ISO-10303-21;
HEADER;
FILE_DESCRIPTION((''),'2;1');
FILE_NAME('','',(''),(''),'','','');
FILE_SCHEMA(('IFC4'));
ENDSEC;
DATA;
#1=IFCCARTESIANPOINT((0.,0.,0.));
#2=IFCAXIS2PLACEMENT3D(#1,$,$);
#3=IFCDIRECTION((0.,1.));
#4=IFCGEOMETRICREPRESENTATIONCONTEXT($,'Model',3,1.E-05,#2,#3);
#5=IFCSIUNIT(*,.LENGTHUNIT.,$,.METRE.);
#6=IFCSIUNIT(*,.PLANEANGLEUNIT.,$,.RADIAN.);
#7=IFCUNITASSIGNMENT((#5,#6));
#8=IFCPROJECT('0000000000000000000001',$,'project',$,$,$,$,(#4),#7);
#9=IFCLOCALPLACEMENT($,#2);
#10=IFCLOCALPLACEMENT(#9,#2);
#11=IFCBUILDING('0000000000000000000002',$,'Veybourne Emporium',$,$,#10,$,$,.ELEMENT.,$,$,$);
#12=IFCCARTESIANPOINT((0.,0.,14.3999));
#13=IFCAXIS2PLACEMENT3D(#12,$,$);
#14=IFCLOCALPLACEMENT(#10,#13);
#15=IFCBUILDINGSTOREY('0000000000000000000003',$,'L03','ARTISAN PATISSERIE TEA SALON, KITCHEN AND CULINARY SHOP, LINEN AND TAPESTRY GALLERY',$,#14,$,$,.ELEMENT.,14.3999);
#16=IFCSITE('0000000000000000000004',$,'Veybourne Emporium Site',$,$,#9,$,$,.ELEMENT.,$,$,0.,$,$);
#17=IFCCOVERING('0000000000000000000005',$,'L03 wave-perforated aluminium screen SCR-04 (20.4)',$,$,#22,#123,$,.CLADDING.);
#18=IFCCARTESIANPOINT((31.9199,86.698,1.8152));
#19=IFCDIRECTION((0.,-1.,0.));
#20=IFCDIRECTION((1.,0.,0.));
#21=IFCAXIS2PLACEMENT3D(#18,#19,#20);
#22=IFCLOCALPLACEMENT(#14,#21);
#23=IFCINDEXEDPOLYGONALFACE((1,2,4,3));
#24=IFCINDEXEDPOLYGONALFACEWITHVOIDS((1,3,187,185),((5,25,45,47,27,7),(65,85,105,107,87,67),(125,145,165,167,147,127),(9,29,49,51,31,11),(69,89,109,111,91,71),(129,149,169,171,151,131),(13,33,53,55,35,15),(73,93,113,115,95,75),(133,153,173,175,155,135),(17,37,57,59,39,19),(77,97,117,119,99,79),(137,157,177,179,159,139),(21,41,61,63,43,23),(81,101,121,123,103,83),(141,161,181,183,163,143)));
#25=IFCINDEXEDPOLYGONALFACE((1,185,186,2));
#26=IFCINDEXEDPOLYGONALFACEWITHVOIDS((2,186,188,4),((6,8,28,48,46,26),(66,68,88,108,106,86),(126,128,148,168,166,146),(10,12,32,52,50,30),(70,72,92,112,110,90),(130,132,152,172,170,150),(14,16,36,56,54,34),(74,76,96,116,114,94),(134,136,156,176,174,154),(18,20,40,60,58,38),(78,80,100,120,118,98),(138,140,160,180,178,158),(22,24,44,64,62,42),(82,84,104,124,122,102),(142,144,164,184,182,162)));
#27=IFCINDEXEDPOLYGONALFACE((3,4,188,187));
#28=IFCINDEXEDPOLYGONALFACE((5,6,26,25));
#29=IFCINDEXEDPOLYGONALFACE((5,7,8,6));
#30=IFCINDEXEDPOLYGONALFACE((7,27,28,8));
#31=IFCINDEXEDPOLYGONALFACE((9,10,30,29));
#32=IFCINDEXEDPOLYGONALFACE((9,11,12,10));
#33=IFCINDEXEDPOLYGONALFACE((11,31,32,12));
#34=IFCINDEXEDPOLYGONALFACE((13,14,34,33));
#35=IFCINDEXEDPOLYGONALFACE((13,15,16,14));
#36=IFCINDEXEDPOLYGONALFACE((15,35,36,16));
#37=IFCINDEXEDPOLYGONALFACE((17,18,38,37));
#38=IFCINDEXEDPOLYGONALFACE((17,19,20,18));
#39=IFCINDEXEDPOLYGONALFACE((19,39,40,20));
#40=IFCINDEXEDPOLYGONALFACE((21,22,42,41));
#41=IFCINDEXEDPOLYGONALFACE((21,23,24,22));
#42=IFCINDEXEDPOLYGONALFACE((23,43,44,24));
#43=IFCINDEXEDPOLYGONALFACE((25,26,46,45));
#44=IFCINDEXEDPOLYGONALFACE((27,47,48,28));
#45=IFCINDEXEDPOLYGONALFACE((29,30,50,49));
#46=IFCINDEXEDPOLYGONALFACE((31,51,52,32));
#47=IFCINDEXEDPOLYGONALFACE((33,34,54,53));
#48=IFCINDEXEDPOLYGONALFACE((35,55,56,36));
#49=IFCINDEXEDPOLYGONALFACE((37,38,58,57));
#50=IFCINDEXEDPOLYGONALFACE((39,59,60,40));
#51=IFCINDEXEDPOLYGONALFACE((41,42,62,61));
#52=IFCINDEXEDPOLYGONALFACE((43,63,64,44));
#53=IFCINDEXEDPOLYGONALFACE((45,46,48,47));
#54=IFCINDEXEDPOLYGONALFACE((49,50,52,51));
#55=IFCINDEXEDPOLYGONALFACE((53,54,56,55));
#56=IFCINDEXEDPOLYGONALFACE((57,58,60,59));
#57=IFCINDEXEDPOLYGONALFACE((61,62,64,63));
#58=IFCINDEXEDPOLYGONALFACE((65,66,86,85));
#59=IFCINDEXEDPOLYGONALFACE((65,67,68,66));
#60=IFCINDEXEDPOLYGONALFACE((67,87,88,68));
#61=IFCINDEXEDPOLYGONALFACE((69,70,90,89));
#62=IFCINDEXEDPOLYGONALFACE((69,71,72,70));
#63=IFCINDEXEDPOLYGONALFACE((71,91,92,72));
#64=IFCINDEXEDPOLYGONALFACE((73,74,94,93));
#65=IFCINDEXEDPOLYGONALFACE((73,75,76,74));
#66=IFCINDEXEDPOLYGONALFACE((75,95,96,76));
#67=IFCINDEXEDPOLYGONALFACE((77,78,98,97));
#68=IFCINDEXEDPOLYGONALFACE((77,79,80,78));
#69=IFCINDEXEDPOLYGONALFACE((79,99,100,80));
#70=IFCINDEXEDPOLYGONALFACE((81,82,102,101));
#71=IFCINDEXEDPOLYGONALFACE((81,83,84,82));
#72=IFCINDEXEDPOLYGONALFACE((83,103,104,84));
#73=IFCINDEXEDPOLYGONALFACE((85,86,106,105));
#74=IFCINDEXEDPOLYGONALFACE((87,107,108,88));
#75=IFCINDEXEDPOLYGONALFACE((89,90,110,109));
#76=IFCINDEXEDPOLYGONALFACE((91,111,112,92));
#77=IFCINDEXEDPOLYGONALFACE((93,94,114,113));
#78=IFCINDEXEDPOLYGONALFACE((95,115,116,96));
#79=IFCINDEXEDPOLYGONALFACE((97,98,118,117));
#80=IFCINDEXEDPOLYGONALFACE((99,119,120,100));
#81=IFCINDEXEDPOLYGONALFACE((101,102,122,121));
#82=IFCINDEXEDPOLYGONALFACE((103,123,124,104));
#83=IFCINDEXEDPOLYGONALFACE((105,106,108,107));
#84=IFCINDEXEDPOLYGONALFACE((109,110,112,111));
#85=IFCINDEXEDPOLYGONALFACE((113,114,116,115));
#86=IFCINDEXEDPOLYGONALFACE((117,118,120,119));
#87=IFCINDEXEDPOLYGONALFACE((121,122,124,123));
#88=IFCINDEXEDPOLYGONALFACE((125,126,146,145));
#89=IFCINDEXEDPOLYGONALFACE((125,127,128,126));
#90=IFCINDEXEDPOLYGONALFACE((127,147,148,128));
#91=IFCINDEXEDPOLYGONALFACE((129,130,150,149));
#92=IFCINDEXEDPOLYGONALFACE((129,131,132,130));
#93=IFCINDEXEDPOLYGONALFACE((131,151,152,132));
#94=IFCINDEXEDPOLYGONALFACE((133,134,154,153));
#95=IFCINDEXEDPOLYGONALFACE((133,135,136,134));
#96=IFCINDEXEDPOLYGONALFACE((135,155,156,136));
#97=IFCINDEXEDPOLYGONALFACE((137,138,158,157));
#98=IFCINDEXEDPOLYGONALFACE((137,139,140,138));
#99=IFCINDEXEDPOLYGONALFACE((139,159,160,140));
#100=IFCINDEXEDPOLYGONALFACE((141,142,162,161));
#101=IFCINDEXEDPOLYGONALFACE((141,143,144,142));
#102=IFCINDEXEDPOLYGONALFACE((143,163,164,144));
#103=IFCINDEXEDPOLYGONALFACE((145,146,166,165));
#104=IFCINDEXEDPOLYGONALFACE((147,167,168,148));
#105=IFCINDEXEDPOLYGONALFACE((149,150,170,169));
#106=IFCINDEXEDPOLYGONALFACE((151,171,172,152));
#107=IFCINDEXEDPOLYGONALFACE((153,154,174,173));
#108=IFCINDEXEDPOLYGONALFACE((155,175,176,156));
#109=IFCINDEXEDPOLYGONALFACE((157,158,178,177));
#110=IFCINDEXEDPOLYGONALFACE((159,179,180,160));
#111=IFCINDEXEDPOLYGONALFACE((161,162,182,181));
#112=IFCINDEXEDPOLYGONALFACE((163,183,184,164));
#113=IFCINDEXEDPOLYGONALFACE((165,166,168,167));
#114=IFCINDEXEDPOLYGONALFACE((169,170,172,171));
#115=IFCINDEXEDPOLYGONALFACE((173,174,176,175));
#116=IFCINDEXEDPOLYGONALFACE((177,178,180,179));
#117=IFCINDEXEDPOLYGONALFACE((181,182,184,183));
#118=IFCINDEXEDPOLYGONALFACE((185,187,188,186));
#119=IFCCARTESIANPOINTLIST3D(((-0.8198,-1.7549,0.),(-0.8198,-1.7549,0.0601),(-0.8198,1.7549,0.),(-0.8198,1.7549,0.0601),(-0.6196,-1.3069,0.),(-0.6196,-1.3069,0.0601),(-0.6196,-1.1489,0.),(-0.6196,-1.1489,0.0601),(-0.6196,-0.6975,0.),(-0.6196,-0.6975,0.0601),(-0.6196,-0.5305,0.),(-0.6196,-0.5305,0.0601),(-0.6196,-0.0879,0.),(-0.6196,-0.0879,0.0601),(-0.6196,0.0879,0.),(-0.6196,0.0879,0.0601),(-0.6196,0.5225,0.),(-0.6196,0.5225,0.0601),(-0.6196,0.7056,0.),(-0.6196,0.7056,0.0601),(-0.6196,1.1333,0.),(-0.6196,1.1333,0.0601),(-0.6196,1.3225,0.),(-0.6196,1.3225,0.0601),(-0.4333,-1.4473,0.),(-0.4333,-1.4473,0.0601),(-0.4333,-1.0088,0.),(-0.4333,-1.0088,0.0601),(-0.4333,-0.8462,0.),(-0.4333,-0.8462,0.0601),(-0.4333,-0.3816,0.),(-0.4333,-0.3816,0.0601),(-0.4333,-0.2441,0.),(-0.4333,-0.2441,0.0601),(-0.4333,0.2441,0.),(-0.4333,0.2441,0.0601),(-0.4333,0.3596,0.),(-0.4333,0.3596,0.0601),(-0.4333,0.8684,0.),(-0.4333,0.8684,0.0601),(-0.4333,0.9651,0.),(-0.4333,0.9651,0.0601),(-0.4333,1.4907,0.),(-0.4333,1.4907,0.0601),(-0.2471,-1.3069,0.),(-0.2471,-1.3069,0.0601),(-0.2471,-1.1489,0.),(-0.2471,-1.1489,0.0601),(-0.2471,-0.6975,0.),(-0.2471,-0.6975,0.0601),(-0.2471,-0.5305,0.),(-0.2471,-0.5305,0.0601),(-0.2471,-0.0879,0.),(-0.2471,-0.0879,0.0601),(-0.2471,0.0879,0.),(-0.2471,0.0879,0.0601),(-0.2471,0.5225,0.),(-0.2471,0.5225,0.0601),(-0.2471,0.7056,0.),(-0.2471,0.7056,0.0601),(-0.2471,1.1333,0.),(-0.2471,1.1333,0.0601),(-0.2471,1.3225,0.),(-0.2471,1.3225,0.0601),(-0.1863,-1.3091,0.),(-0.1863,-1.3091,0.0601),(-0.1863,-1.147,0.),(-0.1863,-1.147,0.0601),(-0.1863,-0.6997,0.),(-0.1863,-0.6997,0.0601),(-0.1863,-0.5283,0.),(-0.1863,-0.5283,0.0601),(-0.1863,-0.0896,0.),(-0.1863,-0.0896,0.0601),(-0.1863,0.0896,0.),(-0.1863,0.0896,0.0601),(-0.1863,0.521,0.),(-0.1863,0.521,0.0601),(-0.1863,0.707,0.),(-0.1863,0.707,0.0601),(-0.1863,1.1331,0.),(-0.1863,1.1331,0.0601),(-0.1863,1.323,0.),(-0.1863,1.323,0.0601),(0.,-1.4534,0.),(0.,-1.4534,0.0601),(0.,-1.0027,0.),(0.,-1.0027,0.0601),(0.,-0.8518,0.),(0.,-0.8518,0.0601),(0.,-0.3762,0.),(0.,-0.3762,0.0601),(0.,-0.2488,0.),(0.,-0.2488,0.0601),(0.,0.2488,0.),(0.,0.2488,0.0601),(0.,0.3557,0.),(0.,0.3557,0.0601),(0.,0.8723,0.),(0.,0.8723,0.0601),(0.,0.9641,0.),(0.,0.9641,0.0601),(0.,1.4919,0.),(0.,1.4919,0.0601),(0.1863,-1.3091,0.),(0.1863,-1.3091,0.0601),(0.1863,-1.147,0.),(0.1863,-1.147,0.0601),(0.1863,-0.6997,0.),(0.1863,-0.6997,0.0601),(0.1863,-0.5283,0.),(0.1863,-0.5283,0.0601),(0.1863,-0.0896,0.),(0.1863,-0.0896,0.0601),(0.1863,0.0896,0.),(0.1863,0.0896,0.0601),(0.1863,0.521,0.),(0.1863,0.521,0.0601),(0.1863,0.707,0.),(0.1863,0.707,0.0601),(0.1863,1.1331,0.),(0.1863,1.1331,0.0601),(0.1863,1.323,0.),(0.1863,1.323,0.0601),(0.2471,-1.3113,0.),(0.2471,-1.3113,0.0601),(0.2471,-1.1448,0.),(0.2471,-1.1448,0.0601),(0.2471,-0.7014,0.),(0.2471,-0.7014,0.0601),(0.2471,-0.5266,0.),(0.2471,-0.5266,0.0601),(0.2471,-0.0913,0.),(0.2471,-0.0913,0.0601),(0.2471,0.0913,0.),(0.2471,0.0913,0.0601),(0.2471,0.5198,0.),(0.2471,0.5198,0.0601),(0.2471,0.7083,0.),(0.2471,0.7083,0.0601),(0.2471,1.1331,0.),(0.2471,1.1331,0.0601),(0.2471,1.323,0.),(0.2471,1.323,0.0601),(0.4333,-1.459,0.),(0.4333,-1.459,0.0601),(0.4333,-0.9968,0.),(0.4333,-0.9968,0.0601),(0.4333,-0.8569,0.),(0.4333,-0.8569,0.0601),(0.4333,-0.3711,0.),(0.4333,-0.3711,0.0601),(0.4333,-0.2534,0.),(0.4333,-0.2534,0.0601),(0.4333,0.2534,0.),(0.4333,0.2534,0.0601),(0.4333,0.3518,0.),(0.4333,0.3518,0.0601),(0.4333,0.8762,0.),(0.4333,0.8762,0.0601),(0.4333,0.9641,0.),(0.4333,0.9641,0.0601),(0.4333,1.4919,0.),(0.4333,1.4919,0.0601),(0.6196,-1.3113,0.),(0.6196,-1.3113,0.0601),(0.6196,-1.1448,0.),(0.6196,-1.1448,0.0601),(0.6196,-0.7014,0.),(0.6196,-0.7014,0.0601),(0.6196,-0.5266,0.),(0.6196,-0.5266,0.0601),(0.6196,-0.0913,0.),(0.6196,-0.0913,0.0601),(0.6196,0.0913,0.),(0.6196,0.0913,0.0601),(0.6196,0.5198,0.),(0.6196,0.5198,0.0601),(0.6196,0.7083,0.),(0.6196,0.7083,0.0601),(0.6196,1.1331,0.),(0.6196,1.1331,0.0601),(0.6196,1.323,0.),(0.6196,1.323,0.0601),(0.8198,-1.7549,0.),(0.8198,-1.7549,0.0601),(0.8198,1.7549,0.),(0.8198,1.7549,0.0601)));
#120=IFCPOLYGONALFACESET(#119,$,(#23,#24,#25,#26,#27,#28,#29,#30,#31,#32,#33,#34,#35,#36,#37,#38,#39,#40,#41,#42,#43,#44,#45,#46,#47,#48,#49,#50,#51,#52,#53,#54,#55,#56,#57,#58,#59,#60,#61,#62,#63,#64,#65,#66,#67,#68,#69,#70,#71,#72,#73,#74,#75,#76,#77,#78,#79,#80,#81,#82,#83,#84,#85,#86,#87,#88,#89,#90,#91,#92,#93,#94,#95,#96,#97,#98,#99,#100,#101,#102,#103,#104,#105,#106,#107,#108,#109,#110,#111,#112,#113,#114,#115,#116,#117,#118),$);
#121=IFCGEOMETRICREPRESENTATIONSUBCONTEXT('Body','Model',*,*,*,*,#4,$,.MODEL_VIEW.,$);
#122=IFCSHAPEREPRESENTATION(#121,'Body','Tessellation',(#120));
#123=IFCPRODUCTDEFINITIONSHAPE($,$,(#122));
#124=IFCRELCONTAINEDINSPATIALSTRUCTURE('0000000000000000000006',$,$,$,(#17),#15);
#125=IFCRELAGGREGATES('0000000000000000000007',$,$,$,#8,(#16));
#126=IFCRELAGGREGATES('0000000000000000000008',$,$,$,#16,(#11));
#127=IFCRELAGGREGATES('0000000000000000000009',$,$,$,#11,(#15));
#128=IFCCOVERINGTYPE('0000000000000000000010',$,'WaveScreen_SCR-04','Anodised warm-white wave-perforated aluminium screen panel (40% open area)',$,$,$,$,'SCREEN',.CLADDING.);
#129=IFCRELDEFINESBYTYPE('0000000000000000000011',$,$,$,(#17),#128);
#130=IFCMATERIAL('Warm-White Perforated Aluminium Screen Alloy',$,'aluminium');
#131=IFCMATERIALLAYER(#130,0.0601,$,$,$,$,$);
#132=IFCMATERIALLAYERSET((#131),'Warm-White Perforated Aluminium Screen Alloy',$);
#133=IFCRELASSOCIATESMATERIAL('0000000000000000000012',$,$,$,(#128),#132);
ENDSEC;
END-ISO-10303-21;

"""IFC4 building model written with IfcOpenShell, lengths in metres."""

from ifc_helpers import new_model, si_unit, direction, frame, origin, place, context, subcontext, project, spatial, polyline, outline, extrude, material, layer, layer_set, type_object, element, save


model = new_model("IFC4")

# Units and contexts
model_context = context("Model", 3, precision=1e-05, world=origin(), true_north=direction((0.0, 1.0)))
body_context = subcontext(model_context, "Body", "Model", "MODEL_VIEW")
ifc_project = project(units=[si_unit("LENGTHUNIT", "METRE"), si_unit("PLANEANGLEUNIT", "RADIAN")], contexts=[model_context])

# Site, building, storey
site_placement = place(None, origin())
site = spatial("IfcSite", under=ifc_project, at=site_placement, Name="Veybourne Emporium Site", CompositionType="ELEMENT", RefElevation=0.0)
building_placement = place(site_placement, origin())
building = spatial("IfcBuilding", under=site, at=building_placement, Name="Veybourne Emporium", CompositionType="ELEMENT")
storey_placement = place(building_placement, frame((0.0, 0.0, 14.3999)))
storey = spatial("IfcBuildingStorey", under=building, at=storey_placement, Name="L03", Description="ARTISAN PATISSERIE TEA SALON, KITCHEN AND CULINARY SHOP, LINEN AND TAPESTRY GALLERY", CompositionType="ELEMENT", Elevation=14.3999)

# Covering
ifc_material_1 = material(Name="Warm-White Perforated Aluminium Screen Alloy", Category="aluminium")
ifc_layer_1 = layer(ifc_material_1, 0.0601)
ifc_layer_set_1 = layer_set([ifc_layer_1], Name="Warm-White Perforated Aluminium Screen Alloy")
covering_type_1 = type_object("IfcCoveringType", Name="WaveScreen_SCR-04", Description="Anodised warm-white wave-perforated aluminium screen panel (40% open area)", ElementType="SCREEN", PredefinedType="CLADDING", material=ifc_layer_set_1)
covering_1_placement = place(storey_placement, frame((31.9199, 86.698, 1.8152), z_axis=(0.0, -1.0, 0.0), x_axis=(1.0, 0.0, 0.0)))
element("IfcCovering", 1, at=covering_1_placement, inside=storey, type_object=covering_type_1, Name="L03 wave-perforated aluminium screen SCR-04 (20.4)", PredefinedType="CLADDING", context=body_context, shape_type="SweptSolid", body=[
    extrude(outline(polyline([(-0.8198, -1.7549), (0.8198, -1.7549), (0.8198, 1.7549), (-0.8198, 1.7549), (-0.8198, -1.7549)]), holes=[polyline([(-0.4333, -1.0088), (-0.2471, -1.1489), (-0.2471, -1.3069), (-0.4333, -1.4473), (-0.6196, -1.3069), (-0.6196, -1.1489), (-0.4333, -1.0088)]), polyline([(-0.4333, -0.3816), (-0.2471, -0.5305), (-0.2471, -0.6975), (-0.4333, -0.8462), (-0.6196, -0.6975), (-0.6196, -0.5305), (-0.4333, -0.3816)]), polyline([(-0.4333, 0.2441), (-0.2471, 0.0879), (-0.2471, -0.0879), (-0.4333, -0.2441), (-0.6196, -0.0879), (-0.6196, 0.0879), (-0.4333, 0.2441)]), polyline([(-0.4333, 0.8684), (-0.2471, 0.7056), (-0.2471, 0.5225), (-0.4333, 0.3596), (-0.6196, 0.5225), (-0.6196, 0.7056), (-0.4333, 0.8684)]), polyline([(-0.4333, 1.4907), (-0.2471, 1.3225), (-0.2471, 1.1333), (-0.4333, 0.9651), (-0.6196, 1.1333), (-0.6196, 1.3225), (-0.4333, 1.4907)]), polyline([(0.0, -1.0027), (0.1863, -1.147), (0.1863, -1.3091), (0.0, -1.4534), (-0.1863, -1.3091), (-0.1863, -1.147), (0.0, -1.0027)]), polyline([(0.0, -0.3762), (0.1863, -0.5283), (0.1863, -0.6997), (0.0, -0.8518), (-0.1863, -0.6997), (-0.1863, -0.5283), (0.0, -0.3762)]), polyline([(0.0, 0.2488), (0.1863, 0.0896), (0.1863, -0.0896), (0.0, -0.2488), (-0.1863, -0.0896), (-0.1863, 0.0896), (0.0, 0.2488)]), polyline([(0.0, 0.8723), (0.1863, 0.707), (0.1863, 0.521), (0.0, 0.3557), (-0.1863, 0.521), (-0.1863, 0.707), (0.0, 0.8723)]), polyline([(0.0, 1.4919), (0.1863, 1.323), (0.1863, 1.1331), (0.0, 0.9641), (-0.1863, 1.1331), (-0.1863, 1.323), (0.0, 1.4919)]), polyline([(0.4333, -0.9968), (0.6196, -1.1448), (0.6196, -1.3113), (0.4333, -1.459), (0.2471, -1.3113), (0.2471, -1.1448), (0.4333, -0.9968)]), polyline([(0.4333, -0.3711), (0.6196, -0.5266), (0.6196, -0.7014), (0.4333, -0.8569), (0.2471, -0.7014), (0.2471, -0.5266), (0.4333, -0.3711)]), polyline([(0.4333, 0.2534), (0.6196, 0.0913), (0.6196, -0.0913), (0.4333, -0.2534), (0.2471, -0.0913), (0.2471, 0.0913), (0.4333, 0.2534)]), polyline([(0.4333, 0.8762), (0.6196, 0.7083), (0.6196, 0.5198), (0.4333, 0.3518), (0.2471, 0.5198), (0.2471, 0.7083), (0.4333, 0.8762)]), polyline([(0.4333, 1.4919), (0.6196, 1.323), (0.6196, 1.1331), (0.4333, 0.9641), (0.2471, 1.1331), (0.2471, 1.323), (0.4333, 1.4919)])]), origin(), (0.0, 0.0, 1.0), 0.0601),
])

save(model, "model.ifc")
